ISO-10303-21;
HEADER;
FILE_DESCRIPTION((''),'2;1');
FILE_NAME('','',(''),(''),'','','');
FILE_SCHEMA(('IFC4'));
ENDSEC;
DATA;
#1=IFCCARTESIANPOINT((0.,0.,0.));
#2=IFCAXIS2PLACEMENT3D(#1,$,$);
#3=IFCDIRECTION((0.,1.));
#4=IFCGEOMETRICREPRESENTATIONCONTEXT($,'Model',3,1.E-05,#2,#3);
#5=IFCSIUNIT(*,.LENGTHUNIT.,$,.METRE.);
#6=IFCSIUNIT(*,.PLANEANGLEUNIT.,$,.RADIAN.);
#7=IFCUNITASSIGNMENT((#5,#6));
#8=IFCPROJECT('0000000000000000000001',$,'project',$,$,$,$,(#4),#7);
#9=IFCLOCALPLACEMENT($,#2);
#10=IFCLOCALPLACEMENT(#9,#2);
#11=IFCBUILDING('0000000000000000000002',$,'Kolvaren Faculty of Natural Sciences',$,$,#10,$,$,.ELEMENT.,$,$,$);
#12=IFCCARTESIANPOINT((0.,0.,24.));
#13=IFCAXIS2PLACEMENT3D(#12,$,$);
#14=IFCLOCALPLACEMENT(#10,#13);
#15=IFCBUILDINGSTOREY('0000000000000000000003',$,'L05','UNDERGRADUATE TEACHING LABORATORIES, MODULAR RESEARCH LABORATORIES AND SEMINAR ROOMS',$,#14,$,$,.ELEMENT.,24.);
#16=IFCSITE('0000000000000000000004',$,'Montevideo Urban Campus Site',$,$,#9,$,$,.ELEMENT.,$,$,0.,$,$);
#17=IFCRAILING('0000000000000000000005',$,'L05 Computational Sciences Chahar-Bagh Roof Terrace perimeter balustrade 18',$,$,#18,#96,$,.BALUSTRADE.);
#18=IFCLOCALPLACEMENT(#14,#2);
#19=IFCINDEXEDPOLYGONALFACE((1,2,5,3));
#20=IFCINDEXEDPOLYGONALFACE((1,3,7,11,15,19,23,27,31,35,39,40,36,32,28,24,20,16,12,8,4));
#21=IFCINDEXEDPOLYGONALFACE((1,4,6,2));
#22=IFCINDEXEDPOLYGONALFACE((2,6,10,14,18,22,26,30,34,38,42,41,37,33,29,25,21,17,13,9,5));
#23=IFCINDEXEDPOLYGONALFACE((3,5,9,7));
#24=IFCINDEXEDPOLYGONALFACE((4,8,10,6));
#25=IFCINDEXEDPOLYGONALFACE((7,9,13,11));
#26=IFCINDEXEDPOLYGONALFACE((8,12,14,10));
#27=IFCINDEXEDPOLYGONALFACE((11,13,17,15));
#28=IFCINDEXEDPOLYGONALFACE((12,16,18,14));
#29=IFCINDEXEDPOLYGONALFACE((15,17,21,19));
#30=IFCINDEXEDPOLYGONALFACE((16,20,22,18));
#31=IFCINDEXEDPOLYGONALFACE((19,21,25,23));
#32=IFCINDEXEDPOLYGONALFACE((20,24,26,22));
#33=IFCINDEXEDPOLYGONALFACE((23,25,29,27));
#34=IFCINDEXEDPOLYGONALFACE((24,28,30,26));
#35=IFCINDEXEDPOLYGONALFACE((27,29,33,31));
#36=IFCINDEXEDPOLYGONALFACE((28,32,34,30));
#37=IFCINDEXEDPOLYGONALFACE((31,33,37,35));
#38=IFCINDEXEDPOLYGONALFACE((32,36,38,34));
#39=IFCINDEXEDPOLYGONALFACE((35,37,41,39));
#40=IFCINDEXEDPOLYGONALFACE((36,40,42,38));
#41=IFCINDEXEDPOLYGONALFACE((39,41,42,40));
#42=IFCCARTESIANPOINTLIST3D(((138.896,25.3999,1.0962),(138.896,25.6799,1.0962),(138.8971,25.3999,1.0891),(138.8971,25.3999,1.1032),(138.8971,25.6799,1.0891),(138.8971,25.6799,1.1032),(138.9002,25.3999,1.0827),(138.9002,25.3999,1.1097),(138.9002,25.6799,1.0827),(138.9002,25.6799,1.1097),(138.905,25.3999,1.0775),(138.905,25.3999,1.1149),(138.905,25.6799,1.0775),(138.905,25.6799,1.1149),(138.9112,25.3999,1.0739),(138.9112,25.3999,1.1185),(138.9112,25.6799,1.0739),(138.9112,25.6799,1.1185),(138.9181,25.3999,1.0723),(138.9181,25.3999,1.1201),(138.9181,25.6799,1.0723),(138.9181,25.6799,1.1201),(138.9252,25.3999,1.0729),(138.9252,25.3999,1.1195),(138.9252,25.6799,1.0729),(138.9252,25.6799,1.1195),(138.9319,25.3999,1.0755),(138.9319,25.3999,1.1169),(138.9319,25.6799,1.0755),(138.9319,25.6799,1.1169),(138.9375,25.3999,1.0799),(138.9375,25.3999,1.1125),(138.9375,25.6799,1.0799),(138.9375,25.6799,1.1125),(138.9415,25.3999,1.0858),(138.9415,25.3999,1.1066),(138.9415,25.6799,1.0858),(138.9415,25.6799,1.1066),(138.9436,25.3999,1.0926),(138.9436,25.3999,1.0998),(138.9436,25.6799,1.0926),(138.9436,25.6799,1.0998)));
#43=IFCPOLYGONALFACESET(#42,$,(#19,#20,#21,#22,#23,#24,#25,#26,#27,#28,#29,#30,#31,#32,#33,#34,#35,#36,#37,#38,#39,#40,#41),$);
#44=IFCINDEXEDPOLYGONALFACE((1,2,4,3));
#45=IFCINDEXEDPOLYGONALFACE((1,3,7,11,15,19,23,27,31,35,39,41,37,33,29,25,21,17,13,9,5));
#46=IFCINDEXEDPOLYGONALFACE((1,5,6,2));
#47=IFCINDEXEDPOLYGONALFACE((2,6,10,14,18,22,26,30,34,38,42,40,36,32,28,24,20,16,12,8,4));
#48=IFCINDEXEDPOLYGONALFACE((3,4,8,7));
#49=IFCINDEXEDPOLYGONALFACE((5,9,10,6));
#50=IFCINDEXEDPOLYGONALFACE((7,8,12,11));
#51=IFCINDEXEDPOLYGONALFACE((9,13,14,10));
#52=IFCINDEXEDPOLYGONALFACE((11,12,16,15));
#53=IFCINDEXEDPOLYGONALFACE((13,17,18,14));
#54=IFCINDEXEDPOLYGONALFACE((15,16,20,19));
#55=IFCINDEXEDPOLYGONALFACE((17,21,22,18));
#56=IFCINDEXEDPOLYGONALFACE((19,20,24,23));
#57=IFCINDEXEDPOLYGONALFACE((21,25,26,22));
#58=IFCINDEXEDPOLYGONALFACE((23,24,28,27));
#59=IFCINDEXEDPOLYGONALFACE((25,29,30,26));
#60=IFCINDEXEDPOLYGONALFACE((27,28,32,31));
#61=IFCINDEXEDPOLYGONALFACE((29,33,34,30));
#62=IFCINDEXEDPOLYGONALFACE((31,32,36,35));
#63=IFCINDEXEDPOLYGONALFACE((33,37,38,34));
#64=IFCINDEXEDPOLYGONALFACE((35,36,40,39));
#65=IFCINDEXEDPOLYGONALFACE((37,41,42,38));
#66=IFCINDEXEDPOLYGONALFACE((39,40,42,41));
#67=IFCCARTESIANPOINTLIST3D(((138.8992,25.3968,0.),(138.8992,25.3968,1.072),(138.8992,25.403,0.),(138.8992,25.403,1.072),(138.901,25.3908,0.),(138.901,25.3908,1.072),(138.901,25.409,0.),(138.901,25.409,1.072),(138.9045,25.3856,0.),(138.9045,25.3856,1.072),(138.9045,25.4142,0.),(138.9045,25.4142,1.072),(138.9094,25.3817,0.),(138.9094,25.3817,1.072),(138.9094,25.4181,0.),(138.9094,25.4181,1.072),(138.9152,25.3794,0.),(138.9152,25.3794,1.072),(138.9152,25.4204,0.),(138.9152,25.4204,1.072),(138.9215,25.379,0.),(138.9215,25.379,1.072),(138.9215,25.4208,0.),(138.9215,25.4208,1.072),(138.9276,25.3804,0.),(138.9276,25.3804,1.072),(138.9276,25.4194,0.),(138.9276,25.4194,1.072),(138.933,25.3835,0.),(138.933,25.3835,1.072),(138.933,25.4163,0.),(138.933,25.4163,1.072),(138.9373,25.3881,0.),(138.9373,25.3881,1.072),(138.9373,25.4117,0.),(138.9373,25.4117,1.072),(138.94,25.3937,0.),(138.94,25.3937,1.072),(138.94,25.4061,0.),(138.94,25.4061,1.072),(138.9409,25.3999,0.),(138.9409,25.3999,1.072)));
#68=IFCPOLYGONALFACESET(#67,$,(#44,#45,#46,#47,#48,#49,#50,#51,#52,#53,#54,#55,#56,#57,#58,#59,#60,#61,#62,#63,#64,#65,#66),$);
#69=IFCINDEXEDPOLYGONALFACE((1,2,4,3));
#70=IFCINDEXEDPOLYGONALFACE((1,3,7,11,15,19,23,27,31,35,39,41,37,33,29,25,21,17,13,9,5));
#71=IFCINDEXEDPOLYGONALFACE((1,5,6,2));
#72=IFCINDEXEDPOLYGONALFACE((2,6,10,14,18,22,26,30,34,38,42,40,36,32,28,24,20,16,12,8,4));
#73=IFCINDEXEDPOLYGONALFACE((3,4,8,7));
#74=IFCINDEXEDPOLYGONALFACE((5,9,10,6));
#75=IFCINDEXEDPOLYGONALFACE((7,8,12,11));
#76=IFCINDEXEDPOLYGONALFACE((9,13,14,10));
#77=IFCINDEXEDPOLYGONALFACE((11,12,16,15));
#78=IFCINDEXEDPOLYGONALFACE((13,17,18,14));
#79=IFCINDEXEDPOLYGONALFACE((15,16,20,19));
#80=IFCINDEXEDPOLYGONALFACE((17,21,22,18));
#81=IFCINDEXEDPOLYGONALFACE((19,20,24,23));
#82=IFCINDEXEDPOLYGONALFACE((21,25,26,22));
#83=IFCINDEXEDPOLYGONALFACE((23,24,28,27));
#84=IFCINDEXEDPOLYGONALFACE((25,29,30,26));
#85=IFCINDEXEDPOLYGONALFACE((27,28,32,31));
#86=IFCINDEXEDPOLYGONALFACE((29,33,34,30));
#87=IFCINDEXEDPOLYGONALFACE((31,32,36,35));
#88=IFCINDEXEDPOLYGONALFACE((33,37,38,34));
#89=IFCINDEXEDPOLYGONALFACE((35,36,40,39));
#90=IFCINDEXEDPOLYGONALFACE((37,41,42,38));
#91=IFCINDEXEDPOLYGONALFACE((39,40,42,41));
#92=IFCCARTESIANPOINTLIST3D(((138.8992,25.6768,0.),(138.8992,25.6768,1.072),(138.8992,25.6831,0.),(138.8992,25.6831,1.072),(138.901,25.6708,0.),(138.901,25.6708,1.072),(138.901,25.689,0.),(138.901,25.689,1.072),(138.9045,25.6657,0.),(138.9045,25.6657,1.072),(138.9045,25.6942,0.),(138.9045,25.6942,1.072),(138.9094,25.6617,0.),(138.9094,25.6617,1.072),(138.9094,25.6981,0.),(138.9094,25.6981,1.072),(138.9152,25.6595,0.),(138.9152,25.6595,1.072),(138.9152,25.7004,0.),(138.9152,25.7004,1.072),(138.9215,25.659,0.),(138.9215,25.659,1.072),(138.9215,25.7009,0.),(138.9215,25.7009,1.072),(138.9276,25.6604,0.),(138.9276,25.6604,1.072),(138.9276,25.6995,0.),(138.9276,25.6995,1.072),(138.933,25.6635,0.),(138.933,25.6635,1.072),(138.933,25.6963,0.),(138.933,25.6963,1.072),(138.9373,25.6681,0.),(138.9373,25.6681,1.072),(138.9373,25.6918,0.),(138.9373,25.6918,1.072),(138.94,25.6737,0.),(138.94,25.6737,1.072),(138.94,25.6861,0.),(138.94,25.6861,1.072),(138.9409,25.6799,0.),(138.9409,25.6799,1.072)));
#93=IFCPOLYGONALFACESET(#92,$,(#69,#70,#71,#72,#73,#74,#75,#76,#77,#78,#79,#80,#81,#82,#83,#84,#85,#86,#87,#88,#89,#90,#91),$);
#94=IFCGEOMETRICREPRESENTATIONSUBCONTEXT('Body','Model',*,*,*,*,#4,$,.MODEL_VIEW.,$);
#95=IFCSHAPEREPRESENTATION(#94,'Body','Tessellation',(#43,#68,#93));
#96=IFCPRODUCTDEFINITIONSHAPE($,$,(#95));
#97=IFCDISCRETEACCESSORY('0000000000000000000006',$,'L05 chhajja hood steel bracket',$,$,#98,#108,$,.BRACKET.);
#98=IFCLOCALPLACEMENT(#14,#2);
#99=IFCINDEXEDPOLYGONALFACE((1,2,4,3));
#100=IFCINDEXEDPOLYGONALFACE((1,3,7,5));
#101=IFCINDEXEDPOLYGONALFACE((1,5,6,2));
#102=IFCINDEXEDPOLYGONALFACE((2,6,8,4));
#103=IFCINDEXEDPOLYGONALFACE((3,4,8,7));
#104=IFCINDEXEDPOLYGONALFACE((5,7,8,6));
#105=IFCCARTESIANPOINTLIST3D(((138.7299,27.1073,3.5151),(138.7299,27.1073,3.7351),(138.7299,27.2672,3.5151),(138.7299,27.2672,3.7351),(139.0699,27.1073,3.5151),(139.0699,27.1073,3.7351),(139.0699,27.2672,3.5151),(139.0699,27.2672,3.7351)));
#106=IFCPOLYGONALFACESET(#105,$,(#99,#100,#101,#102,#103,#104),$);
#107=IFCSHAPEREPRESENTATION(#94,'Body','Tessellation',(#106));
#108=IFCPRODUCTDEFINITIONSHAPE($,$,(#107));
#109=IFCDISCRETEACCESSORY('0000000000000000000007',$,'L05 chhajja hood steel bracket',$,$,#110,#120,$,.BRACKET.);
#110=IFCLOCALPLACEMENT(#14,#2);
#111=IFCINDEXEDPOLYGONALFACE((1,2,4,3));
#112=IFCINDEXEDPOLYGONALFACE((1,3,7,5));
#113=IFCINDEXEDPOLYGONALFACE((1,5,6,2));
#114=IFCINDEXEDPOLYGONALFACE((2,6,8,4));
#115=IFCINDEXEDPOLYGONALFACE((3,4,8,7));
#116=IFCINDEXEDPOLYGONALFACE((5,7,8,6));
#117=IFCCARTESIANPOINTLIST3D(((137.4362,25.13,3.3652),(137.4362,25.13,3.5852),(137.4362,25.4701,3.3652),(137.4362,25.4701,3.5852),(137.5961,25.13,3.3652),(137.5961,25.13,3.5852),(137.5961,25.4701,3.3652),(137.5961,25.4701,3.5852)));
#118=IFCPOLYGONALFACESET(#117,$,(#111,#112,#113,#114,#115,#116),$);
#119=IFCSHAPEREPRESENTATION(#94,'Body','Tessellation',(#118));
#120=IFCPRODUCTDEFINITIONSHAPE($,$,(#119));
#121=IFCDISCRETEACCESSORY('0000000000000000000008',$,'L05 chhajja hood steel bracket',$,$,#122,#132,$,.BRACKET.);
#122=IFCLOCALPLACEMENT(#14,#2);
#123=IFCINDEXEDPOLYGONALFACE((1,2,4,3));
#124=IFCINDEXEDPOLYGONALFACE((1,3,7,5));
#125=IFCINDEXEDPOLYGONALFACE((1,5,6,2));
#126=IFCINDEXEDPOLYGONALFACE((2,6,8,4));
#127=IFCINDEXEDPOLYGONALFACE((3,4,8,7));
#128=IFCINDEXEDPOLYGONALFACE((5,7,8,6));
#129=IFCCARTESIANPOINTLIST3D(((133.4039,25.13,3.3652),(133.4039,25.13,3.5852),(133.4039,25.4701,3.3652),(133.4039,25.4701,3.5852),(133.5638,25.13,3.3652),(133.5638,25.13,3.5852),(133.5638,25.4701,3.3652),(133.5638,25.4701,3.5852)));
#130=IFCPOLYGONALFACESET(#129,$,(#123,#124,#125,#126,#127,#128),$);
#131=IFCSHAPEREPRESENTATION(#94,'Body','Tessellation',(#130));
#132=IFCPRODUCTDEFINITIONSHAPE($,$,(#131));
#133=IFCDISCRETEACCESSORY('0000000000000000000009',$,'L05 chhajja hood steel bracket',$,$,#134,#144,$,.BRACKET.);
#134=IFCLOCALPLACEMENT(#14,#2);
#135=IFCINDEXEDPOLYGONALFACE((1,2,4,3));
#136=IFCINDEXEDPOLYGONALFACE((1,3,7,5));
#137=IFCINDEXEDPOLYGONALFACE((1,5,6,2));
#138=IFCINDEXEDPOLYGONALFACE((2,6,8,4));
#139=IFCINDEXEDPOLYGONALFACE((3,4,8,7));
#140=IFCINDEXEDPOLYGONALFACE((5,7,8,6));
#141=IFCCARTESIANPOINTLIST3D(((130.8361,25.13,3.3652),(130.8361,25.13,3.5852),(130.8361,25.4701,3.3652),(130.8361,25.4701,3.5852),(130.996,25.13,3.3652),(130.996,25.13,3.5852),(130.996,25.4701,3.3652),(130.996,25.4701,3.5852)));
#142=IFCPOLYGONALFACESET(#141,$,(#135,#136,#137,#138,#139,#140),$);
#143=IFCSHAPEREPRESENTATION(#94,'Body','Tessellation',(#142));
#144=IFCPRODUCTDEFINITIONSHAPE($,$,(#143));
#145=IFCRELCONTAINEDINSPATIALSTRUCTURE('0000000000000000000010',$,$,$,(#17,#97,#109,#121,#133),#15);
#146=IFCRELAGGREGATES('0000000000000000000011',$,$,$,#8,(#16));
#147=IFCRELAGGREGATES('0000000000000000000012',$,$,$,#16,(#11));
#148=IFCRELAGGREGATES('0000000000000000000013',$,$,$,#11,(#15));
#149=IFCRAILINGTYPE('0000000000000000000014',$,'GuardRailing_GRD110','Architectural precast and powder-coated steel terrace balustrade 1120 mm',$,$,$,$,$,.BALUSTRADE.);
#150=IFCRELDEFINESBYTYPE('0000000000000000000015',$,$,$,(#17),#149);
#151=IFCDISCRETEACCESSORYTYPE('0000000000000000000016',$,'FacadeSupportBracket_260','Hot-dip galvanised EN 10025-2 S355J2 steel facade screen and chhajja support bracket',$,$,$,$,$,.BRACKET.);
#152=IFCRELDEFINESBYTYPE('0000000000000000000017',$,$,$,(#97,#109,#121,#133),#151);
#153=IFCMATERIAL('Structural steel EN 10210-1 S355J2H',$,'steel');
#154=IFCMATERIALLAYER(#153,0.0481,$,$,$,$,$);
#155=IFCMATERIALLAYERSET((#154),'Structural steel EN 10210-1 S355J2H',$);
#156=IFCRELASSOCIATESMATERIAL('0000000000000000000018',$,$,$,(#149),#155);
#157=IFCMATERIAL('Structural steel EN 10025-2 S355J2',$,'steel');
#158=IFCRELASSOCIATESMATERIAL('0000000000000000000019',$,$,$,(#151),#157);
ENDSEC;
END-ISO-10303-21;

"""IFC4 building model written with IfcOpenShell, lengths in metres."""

from ifc_helpers import new_model, si_unit, direction, frame, origin, origin_2d, place, context, subcontext, project, spatial, rectangle, circle, extrude, material, layer, layer_set, type_object, element, save


model = new_model("IFC4")

# Units and contexts
model_context = context("Model", 3, precision=1e-05, world=origin(), true_north=direction((0.0, 1.0)))
body_context = subcontext(model_context, "Body", "Model", "MODEL_VIEW")
ifc_project = project(units=[si_unit("LENGTHUNIT", "METRE"), si_unit("PLANEANGLEUNIT", "RADIAN")], contexts=[model_context])

# Site, building, storey
site_placement = place(None, origin())
site = spatial("IfcSite", under=ifc_project, at=site_placement, Name="Montevideo Urban Campus Site", CompositionType="ELEMENT", RefElevation=0.0)
building_placement = place(site_placement, origin())
building = spatial("IfcBuilding", under=site, at=building_placement, Name="Kolvaren Faculty of Natural Sciences", CompositionType="ELEMENT")
storey_placement = place(building_placement, frame((0.0, 0.0, 24.0)))
storey = spatial("IfcBuildingStorey", under=building, at=storey_placement, Name="L05", Description="UNDERGRADUATE TEACHING LABORATORIES, MODULAR RESEARCH LABORATORIES AND SEMINAR ROOMS", CompositionType="ELEMENT", Elevation=24.0)

# Railing
ifc_material_1 = material(Name="Structural steel EN 10210-1 S355J2H", Category="steel")
ifc_layer_1 = layer(ifc_material_1, 0.0481)
ifc_layer_set_1 = layer_set([ifc_layer_1], Name="Structural steel EN 10210-1 S355J2H")
railing_type = type_object("IfcRailingType", Name="GuardRailing_GRD110", Description="Architectural precast and powder-coated steel terrace balustrade 1120 mm", PredefinedType="BALUSTRADE", material=ifc_layer_set_1)
railing_1_placement = place(storey_placement, frame((138.9199, 25.3999, 0.0)))
element("IfcRailing", 1, at=railing_1_placement, inside=storey, type_object=railing_type, Name="L05 Computational Sciences Chahar-Bagh Roof Terrace perimeter balustrade 18", PredefinedType="BALUSTRADE", context=body_context, shape_type="SweptSolid", body=[
    extrude(circle(Radius=0.0239, at=origin_2d()), frame((0.0, 0.0, 1.0962), z_axis=(0.0, 1.0, 0.0), x_axis=(-1.0, 0.0, 0.0)), (0.0, 0.0, 1.0), 0.28),
    extrude(circle(Radius=0.021, at=origin_2d()), origin(), (0.0, 0.0, 1.0), 1.072),
    extrude(circle(Radius=0.021, at=origin_2d()), frame((0.0, 0.28, 0.0)), (0.0, 0.0, 1.0), 1.072),
])

# Discrete accessories
ifc_material_2 = material(Name="Structural steel EN 10025-2 S355J2", Category="steel")
discrete_accessory_type = type_object("IfcDiscreteAccessoryType", Name="FacadeSupportBracket_260", Description="Hot-dip galvanised EN 10025-2 S355J2 steel facade screen and chhajja support bracket", PredefinedType="BRACKET", material=ifc_material_2)
for number, where, z_axis, x_axis, name in (
    (2, (138.8999, 27.1873, 3.5151), (0.0, 0.0, 1.0), (0.0, -1.0, 0.0), "L05 chhajja hood steel bracket"),
    (3, (137.5161, 25.3, 3.3652), (0.0, 0.0, 1.0), (-1.0, 0.0, 0.0), "L05 chhajja hood steel bracket"),
    (4, (133.4839, 25.3, 3.3652), (0.0, 0.0, 1.0), (-1.0, 0.0, 0.0), "L05 chhajja hood steel bracket"),
    (5, (130.916, 25.3, 3.3652), (0.0, 0.0, 1.0), (-1.0, 0.0, 0.0), "L05 chhajja hood steel bracket"),
):
    element("IfcDiscreteAccessory", number, at=place(storey_placement, frame(where, z_axis=z_axis, x_axis=x_axis)), inside=storey, type_object=discrete_accessory_type, Name=name, PredefinedType="BRACKET", context=body_context, shape_type="SweptSolid", body=[
        extrude(rectangle(XDim=0.1599, YDim=0.3401, at=origin_2d()), origin(), (0.0, 0.0, 1.0), 0.22),
    ])

save(model, "model.ifc")
